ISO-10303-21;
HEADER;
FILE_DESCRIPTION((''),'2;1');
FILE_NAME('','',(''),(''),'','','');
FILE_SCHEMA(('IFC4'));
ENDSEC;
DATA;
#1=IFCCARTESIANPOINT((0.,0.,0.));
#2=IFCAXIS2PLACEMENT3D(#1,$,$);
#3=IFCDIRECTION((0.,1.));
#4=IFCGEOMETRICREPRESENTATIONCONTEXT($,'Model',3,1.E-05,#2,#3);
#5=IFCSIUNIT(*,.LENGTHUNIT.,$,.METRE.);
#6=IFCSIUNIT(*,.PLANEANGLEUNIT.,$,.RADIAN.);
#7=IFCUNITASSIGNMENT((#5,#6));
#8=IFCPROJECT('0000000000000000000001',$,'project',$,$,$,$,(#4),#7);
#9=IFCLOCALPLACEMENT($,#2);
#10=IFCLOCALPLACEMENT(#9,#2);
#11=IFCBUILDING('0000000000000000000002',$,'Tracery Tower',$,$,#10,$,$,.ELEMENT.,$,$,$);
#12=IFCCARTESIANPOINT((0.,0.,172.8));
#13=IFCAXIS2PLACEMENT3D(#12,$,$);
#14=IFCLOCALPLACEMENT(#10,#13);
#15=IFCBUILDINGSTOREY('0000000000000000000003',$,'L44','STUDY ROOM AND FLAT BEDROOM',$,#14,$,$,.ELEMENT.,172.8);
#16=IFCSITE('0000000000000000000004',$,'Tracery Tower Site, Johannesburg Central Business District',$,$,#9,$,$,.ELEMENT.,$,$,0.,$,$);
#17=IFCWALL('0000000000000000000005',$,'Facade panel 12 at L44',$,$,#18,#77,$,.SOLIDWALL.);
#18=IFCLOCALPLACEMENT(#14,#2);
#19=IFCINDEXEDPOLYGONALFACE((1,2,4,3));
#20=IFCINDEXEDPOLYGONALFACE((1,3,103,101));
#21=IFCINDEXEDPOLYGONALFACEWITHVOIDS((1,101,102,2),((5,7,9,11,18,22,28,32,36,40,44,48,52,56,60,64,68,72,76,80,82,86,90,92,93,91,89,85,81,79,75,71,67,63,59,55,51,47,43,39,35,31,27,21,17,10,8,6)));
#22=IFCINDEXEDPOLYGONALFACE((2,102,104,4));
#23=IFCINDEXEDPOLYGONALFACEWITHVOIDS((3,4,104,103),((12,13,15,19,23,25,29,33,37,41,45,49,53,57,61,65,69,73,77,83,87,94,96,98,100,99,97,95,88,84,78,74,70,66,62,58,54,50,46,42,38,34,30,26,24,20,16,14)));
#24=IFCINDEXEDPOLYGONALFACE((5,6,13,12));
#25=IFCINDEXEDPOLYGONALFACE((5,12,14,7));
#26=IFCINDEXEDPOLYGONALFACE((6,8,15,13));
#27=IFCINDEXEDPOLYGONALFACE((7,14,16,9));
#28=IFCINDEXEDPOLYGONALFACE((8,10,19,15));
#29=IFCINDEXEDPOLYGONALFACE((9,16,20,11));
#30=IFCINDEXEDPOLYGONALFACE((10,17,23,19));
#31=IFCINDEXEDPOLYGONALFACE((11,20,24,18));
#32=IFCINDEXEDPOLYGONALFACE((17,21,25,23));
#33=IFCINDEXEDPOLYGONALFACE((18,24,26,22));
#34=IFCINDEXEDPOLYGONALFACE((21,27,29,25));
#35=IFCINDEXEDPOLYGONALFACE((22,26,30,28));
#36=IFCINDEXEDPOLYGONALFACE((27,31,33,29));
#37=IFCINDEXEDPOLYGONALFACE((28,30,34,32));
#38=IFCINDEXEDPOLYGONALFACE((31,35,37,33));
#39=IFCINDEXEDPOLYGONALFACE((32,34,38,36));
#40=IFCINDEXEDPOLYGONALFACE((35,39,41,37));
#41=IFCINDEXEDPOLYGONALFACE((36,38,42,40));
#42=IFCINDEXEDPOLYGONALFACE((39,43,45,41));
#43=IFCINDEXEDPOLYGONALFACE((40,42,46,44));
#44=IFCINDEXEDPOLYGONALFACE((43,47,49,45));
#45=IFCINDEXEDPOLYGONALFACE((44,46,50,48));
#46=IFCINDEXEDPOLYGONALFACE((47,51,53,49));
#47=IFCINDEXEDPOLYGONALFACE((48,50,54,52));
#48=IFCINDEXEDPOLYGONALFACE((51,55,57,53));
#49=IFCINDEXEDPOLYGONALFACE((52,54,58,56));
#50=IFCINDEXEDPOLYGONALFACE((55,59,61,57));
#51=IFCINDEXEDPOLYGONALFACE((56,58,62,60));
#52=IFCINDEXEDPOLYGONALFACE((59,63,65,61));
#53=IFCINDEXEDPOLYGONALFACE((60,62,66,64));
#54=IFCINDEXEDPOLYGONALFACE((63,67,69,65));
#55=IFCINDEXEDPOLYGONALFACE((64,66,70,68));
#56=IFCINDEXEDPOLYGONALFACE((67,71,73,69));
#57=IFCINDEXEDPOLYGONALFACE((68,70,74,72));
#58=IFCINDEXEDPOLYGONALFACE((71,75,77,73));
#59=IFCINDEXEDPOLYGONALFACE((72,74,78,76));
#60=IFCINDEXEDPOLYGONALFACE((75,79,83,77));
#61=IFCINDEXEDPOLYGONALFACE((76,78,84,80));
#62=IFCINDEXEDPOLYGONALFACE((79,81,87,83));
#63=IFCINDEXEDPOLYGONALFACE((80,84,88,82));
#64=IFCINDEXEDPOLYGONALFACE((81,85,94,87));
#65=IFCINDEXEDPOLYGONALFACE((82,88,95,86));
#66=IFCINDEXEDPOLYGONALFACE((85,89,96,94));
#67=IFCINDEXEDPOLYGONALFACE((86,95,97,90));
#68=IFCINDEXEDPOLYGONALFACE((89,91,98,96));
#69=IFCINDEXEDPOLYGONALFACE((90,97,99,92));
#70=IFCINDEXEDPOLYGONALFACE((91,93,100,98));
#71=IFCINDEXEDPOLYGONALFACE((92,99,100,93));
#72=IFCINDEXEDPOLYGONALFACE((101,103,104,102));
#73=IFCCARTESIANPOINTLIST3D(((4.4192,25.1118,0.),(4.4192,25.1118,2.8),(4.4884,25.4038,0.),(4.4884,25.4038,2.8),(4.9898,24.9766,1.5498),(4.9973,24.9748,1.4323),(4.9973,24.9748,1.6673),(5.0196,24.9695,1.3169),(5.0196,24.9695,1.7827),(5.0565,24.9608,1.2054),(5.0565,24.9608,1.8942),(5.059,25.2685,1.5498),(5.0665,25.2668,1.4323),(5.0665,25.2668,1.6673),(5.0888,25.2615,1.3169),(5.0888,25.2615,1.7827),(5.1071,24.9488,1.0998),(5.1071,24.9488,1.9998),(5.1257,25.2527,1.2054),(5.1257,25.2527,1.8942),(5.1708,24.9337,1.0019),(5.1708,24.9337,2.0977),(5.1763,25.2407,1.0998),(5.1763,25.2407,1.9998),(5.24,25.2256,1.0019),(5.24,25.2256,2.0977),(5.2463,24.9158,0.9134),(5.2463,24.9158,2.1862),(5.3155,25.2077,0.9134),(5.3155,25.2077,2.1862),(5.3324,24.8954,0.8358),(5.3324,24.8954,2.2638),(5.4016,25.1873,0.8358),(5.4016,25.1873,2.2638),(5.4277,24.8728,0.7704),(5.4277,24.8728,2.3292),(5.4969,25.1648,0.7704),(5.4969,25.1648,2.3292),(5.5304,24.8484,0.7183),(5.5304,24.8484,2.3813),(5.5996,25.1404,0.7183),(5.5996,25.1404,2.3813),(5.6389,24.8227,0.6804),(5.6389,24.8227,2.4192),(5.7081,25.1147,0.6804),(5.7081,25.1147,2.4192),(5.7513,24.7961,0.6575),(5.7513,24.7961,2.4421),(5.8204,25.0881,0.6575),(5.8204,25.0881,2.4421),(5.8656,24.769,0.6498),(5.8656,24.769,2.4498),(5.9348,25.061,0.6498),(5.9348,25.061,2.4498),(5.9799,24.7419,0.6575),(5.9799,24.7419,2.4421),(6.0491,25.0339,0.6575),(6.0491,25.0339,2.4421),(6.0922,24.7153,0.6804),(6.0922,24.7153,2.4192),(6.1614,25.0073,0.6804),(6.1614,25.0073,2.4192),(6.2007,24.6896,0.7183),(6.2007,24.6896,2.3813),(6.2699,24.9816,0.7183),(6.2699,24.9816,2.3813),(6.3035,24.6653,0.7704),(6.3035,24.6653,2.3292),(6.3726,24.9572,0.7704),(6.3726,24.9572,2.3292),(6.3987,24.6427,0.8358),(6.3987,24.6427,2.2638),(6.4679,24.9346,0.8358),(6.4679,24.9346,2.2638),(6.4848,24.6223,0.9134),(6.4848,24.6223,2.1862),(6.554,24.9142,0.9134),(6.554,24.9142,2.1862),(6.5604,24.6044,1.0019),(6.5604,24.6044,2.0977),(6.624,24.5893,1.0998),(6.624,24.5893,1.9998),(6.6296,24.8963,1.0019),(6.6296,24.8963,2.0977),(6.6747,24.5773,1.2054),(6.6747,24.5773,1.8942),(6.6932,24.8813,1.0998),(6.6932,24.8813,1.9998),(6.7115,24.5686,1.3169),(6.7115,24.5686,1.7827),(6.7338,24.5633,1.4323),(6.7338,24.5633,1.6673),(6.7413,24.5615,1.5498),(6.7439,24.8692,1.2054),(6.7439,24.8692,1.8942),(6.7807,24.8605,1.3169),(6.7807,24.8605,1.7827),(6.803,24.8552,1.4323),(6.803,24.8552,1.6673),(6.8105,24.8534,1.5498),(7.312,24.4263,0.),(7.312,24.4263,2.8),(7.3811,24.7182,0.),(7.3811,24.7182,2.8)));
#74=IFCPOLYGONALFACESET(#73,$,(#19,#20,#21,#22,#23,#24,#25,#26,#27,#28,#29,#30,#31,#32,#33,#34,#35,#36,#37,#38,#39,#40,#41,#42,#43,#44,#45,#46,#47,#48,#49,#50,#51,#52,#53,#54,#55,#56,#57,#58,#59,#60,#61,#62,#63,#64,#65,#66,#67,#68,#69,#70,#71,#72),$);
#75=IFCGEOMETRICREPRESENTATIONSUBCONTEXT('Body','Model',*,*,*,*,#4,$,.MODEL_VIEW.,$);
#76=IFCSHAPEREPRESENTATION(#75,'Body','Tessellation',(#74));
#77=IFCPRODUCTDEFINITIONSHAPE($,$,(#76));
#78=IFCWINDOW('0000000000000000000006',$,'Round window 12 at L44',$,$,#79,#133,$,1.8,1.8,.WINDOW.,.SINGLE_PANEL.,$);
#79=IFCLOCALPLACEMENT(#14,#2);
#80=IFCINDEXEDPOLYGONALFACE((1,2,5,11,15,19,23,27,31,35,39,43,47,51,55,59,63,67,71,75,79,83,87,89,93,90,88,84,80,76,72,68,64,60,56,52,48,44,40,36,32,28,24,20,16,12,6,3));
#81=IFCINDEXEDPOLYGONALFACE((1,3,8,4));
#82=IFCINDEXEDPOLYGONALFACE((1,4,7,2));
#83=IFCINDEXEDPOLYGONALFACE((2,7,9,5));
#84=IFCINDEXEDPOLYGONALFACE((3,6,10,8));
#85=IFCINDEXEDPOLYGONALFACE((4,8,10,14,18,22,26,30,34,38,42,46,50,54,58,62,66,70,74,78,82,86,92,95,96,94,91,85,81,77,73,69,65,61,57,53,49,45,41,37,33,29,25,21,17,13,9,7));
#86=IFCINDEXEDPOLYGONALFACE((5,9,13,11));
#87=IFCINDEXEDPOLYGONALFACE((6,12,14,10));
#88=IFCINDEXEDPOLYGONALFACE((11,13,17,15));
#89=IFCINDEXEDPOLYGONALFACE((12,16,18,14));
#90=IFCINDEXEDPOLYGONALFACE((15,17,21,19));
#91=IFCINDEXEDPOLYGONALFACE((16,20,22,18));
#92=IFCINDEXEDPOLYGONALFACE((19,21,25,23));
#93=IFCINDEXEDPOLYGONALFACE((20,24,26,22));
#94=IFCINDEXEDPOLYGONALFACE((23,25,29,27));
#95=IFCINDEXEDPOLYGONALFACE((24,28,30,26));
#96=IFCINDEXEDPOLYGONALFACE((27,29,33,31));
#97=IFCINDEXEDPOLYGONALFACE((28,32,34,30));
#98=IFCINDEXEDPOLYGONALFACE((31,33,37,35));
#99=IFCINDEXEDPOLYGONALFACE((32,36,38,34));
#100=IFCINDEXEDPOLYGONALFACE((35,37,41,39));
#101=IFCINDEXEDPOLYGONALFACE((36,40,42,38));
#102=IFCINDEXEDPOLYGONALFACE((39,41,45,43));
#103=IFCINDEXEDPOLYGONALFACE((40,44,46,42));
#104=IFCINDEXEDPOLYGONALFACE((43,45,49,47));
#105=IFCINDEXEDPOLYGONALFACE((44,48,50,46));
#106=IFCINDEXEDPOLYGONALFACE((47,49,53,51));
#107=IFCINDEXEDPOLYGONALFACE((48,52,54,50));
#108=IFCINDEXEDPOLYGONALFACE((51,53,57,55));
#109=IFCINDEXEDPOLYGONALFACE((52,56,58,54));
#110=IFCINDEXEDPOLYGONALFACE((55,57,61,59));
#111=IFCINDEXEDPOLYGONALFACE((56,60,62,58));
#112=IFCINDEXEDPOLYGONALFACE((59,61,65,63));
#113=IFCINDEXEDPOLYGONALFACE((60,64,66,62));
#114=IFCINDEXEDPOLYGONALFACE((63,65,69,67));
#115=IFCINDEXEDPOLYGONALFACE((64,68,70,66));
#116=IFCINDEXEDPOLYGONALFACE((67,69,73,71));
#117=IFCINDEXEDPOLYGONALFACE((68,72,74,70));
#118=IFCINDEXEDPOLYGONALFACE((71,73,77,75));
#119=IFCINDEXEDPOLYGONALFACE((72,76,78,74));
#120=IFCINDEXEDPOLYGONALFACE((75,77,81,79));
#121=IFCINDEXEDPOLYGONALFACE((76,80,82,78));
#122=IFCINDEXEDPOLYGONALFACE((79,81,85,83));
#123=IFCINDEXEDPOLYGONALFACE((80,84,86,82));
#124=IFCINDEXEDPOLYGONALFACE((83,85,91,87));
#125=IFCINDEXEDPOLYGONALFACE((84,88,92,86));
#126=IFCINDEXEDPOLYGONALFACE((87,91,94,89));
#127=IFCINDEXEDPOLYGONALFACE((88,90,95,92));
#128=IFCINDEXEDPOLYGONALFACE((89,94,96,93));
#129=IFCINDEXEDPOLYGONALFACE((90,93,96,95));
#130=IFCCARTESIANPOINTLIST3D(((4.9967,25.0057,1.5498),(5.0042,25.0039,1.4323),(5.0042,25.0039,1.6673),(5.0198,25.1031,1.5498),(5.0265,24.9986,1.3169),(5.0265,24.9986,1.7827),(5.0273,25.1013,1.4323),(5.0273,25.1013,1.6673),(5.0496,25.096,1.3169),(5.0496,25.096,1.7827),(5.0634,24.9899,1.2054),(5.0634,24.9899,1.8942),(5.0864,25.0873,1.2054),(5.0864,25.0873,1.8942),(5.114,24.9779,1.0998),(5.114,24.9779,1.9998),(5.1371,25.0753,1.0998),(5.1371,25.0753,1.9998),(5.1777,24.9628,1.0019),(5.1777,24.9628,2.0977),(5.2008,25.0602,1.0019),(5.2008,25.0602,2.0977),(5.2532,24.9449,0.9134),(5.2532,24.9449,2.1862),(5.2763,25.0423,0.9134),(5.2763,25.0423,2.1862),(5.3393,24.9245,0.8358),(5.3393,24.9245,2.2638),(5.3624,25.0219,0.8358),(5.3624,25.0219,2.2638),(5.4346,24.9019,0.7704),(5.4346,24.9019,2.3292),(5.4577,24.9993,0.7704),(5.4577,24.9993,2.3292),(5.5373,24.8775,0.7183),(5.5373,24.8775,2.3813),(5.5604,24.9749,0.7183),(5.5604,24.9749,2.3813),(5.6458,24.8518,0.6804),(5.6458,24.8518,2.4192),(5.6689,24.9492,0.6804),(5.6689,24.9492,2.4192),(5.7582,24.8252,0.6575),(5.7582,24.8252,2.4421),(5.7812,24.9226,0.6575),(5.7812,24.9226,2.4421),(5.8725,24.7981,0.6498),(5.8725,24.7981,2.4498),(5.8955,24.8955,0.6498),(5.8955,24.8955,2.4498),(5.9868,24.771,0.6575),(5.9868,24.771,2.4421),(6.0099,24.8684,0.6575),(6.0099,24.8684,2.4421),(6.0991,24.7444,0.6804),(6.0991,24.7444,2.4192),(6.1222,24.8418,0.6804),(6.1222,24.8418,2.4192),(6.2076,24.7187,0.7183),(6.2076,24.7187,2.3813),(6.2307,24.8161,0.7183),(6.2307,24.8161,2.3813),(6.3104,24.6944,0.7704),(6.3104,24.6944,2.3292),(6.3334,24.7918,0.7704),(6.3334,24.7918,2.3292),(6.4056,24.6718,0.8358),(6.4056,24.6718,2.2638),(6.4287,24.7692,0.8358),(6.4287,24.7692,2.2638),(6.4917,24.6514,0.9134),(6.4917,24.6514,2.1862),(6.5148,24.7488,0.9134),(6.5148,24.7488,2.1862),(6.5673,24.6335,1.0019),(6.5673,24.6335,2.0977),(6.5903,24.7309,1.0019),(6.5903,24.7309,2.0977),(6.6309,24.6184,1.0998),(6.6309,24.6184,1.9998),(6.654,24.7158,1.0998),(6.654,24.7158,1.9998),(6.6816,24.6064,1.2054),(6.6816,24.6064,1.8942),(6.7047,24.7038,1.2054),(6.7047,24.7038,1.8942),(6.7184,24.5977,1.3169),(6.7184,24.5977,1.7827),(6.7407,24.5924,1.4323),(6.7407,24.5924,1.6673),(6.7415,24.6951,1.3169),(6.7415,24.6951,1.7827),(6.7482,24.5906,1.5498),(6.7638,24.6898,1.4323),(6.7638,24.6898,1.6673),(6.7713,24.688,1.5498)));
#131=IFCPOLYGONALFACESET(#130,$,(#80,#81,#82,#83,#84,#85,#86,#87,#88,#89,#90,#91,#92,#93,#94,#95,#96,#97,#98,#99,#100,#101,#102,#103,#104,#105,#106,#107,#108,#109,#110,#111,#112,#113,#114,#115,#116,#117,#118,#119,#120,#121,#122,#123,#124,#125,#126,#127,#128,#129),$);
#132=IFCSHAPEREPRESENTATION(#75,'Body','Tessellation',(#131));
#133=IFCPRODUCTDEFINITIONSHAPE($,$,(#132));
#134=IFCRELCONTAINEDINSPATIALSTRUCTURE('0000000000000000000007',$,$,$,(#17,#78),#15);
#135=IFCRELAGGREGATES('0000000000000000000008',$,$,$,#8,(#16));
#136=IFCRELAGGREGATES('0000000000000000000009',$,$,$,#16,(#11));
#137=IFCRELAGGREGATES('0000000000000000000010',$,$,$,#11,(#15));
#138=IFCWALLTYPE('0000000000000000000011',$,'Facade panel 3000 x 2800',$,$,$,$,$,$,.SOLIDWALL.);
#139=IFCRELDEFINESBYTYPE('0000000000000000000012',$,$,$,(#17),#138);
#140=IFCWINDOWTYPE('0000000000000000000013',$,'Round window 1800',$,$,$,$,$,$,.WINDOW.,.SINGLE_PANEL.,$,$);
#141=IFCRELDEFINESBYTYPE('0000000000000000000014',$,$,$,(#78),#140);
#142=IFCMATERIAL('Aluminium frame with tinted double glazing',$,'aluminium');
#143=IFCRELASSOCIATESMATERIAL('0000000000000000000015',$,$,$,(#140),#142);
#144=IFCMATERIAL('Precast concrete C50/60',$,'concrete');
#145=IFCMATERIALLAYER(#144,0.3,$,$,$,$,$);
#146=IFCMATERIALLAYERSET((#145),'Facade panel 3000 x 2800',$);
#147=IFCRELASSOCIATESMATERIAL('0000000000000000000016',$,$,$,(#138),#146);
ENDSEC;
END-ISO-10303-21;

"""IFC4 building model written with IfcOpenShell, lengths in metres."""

from ifc_helpers import new_model, si_unit, direction, frame, frame_2d, origin, origin_2d, place, context, subcontext, project, spatial, rectangle, circle, extrude, material, layer, layer_set, type_object, element, fill, save


model = new_model("IFC4")

# Units and contexts
model_context = context("Model", 3, precision=1e-05, world=origin(), true_north=direction((0.0, 1.0)))
body_context = subcontext(model_context, "Body", "Model", "MODEL_VIEW")
ifc_project = project(units=[si_unit("LENGTHUNIT", "METRE"), si_unit("PLANEANGLEUNIT", "RADIAN")], contexts=[model_context])

# Site, building, storey
site_placement = place(None, origin())
site = spatial("IfcSite", under=ifc_project, at=site_placement, Name="Tracery Tower Site, Johannesburg Central Business District", CompositionType="ELEMENT", RefElevation=0.0)
building_placement = place(site_placement, origin())
building = spatial("IfcBuilding", under=site, at=building_placement, Name="Tracery Tower", CompositionType="ELEMENT")
storey_placement = place(building_placement, frame((0.0, 0.0, 172.8)))
storey = spatial("IfcBuildingStorey", under=building, at=storey_placement, Name="L44", Description="STUDY ROOM AND FLAT BEDROOM", CompositionType="ELEMENT", Elevation=172.8)

# Wall, opening, window
ifc_material_1 = material(Name="Aluminium frame with tinted double glazing", Category="aluminium")
window_type = type_object("IfcWindowType", Name="Round window 1800", PartitioningType="SINGLE_PANEL", PredefinedType="WINDOW", material=ifc_material_1)
ifc_material_2 = material(Name="Precast concrete C50/60", Category="concrete")
ifc_layer_1 = layer(ifc_material_2, 0.3)
ifc_layer_set_1 = layer_set([ifc_layer_1], Name="Facade panel 3000 x 2800")
wall_type_1 = type_object("IfcWallType", Name="Facade panel 3000 x 2800", PredefinedType="SOLIDWALL", material=ifc_layer_set_1)
wall_1_placement = place(storey_placement, frame((7.3464, 24.5723, 0.0), z_axis=(0.0, 0.0, 1.0), x_axis=(-0.97305, 0.230595, 0.0)))
wall_1 = element("IfcWall", 1, at=wall_1_placement, inside=storey, type_object=wall_type_1, Name="Facade panel 12 at L44", PredefinedType="SOLIDWALL", context=body_context, shape_type="SweptSolid", body=[
    extrude(rectangle(XDim=2.9729, YDim=0.3, at=frame_2d((1.4863, 0.0))), origin(), (0.0, 0.0, 1.0), 2.8),
])
opening_1_placement = place(wall_1_placement, frame((1.4863, 0.0, 1.5498)))
opening_1 = element("IfcOpeningElement", 2, at=opening_1_placement, cuts=wall_1, PredefinedType="OPENING", context=body_context, shape_type="SweptSolid", body=[
    extrude(circle(Radius=0.9, at=origin_2d()), frame((0.0, 0.1599, 0.0), z_axis=(0.0, -1.0, 0.0), x_axis=(1.0, 0.0, 0.0)), (0.0, 0.0, 1.0), 0.3201),
])
window_1_placement = place(opening_1_placement, origin())
window_1 = element("IfcWindow", 3, at=window_1_placement, inside=storey, type_object=window_type, Name="Round window 12 at L44", OverallHeight=1.8, OverallWidth=1.8, PartitioningType="SINGLE_PANEL", PredefinedType="WINDOW", context=body_context, shape_type="SweptSolid", body=[
    extrude(circle(Radius=0.9, at=origin_2d()), frame((0.0, 0.1201, 0.0), z_axis=(0.0, -1.0, 0.0), x_axis=(1.0, 0.0, 0.0)), (0.0, 0.0, 1.0), 0.1001),
])
fill(opening_1, window_1)

save(model, "model.ifc")
